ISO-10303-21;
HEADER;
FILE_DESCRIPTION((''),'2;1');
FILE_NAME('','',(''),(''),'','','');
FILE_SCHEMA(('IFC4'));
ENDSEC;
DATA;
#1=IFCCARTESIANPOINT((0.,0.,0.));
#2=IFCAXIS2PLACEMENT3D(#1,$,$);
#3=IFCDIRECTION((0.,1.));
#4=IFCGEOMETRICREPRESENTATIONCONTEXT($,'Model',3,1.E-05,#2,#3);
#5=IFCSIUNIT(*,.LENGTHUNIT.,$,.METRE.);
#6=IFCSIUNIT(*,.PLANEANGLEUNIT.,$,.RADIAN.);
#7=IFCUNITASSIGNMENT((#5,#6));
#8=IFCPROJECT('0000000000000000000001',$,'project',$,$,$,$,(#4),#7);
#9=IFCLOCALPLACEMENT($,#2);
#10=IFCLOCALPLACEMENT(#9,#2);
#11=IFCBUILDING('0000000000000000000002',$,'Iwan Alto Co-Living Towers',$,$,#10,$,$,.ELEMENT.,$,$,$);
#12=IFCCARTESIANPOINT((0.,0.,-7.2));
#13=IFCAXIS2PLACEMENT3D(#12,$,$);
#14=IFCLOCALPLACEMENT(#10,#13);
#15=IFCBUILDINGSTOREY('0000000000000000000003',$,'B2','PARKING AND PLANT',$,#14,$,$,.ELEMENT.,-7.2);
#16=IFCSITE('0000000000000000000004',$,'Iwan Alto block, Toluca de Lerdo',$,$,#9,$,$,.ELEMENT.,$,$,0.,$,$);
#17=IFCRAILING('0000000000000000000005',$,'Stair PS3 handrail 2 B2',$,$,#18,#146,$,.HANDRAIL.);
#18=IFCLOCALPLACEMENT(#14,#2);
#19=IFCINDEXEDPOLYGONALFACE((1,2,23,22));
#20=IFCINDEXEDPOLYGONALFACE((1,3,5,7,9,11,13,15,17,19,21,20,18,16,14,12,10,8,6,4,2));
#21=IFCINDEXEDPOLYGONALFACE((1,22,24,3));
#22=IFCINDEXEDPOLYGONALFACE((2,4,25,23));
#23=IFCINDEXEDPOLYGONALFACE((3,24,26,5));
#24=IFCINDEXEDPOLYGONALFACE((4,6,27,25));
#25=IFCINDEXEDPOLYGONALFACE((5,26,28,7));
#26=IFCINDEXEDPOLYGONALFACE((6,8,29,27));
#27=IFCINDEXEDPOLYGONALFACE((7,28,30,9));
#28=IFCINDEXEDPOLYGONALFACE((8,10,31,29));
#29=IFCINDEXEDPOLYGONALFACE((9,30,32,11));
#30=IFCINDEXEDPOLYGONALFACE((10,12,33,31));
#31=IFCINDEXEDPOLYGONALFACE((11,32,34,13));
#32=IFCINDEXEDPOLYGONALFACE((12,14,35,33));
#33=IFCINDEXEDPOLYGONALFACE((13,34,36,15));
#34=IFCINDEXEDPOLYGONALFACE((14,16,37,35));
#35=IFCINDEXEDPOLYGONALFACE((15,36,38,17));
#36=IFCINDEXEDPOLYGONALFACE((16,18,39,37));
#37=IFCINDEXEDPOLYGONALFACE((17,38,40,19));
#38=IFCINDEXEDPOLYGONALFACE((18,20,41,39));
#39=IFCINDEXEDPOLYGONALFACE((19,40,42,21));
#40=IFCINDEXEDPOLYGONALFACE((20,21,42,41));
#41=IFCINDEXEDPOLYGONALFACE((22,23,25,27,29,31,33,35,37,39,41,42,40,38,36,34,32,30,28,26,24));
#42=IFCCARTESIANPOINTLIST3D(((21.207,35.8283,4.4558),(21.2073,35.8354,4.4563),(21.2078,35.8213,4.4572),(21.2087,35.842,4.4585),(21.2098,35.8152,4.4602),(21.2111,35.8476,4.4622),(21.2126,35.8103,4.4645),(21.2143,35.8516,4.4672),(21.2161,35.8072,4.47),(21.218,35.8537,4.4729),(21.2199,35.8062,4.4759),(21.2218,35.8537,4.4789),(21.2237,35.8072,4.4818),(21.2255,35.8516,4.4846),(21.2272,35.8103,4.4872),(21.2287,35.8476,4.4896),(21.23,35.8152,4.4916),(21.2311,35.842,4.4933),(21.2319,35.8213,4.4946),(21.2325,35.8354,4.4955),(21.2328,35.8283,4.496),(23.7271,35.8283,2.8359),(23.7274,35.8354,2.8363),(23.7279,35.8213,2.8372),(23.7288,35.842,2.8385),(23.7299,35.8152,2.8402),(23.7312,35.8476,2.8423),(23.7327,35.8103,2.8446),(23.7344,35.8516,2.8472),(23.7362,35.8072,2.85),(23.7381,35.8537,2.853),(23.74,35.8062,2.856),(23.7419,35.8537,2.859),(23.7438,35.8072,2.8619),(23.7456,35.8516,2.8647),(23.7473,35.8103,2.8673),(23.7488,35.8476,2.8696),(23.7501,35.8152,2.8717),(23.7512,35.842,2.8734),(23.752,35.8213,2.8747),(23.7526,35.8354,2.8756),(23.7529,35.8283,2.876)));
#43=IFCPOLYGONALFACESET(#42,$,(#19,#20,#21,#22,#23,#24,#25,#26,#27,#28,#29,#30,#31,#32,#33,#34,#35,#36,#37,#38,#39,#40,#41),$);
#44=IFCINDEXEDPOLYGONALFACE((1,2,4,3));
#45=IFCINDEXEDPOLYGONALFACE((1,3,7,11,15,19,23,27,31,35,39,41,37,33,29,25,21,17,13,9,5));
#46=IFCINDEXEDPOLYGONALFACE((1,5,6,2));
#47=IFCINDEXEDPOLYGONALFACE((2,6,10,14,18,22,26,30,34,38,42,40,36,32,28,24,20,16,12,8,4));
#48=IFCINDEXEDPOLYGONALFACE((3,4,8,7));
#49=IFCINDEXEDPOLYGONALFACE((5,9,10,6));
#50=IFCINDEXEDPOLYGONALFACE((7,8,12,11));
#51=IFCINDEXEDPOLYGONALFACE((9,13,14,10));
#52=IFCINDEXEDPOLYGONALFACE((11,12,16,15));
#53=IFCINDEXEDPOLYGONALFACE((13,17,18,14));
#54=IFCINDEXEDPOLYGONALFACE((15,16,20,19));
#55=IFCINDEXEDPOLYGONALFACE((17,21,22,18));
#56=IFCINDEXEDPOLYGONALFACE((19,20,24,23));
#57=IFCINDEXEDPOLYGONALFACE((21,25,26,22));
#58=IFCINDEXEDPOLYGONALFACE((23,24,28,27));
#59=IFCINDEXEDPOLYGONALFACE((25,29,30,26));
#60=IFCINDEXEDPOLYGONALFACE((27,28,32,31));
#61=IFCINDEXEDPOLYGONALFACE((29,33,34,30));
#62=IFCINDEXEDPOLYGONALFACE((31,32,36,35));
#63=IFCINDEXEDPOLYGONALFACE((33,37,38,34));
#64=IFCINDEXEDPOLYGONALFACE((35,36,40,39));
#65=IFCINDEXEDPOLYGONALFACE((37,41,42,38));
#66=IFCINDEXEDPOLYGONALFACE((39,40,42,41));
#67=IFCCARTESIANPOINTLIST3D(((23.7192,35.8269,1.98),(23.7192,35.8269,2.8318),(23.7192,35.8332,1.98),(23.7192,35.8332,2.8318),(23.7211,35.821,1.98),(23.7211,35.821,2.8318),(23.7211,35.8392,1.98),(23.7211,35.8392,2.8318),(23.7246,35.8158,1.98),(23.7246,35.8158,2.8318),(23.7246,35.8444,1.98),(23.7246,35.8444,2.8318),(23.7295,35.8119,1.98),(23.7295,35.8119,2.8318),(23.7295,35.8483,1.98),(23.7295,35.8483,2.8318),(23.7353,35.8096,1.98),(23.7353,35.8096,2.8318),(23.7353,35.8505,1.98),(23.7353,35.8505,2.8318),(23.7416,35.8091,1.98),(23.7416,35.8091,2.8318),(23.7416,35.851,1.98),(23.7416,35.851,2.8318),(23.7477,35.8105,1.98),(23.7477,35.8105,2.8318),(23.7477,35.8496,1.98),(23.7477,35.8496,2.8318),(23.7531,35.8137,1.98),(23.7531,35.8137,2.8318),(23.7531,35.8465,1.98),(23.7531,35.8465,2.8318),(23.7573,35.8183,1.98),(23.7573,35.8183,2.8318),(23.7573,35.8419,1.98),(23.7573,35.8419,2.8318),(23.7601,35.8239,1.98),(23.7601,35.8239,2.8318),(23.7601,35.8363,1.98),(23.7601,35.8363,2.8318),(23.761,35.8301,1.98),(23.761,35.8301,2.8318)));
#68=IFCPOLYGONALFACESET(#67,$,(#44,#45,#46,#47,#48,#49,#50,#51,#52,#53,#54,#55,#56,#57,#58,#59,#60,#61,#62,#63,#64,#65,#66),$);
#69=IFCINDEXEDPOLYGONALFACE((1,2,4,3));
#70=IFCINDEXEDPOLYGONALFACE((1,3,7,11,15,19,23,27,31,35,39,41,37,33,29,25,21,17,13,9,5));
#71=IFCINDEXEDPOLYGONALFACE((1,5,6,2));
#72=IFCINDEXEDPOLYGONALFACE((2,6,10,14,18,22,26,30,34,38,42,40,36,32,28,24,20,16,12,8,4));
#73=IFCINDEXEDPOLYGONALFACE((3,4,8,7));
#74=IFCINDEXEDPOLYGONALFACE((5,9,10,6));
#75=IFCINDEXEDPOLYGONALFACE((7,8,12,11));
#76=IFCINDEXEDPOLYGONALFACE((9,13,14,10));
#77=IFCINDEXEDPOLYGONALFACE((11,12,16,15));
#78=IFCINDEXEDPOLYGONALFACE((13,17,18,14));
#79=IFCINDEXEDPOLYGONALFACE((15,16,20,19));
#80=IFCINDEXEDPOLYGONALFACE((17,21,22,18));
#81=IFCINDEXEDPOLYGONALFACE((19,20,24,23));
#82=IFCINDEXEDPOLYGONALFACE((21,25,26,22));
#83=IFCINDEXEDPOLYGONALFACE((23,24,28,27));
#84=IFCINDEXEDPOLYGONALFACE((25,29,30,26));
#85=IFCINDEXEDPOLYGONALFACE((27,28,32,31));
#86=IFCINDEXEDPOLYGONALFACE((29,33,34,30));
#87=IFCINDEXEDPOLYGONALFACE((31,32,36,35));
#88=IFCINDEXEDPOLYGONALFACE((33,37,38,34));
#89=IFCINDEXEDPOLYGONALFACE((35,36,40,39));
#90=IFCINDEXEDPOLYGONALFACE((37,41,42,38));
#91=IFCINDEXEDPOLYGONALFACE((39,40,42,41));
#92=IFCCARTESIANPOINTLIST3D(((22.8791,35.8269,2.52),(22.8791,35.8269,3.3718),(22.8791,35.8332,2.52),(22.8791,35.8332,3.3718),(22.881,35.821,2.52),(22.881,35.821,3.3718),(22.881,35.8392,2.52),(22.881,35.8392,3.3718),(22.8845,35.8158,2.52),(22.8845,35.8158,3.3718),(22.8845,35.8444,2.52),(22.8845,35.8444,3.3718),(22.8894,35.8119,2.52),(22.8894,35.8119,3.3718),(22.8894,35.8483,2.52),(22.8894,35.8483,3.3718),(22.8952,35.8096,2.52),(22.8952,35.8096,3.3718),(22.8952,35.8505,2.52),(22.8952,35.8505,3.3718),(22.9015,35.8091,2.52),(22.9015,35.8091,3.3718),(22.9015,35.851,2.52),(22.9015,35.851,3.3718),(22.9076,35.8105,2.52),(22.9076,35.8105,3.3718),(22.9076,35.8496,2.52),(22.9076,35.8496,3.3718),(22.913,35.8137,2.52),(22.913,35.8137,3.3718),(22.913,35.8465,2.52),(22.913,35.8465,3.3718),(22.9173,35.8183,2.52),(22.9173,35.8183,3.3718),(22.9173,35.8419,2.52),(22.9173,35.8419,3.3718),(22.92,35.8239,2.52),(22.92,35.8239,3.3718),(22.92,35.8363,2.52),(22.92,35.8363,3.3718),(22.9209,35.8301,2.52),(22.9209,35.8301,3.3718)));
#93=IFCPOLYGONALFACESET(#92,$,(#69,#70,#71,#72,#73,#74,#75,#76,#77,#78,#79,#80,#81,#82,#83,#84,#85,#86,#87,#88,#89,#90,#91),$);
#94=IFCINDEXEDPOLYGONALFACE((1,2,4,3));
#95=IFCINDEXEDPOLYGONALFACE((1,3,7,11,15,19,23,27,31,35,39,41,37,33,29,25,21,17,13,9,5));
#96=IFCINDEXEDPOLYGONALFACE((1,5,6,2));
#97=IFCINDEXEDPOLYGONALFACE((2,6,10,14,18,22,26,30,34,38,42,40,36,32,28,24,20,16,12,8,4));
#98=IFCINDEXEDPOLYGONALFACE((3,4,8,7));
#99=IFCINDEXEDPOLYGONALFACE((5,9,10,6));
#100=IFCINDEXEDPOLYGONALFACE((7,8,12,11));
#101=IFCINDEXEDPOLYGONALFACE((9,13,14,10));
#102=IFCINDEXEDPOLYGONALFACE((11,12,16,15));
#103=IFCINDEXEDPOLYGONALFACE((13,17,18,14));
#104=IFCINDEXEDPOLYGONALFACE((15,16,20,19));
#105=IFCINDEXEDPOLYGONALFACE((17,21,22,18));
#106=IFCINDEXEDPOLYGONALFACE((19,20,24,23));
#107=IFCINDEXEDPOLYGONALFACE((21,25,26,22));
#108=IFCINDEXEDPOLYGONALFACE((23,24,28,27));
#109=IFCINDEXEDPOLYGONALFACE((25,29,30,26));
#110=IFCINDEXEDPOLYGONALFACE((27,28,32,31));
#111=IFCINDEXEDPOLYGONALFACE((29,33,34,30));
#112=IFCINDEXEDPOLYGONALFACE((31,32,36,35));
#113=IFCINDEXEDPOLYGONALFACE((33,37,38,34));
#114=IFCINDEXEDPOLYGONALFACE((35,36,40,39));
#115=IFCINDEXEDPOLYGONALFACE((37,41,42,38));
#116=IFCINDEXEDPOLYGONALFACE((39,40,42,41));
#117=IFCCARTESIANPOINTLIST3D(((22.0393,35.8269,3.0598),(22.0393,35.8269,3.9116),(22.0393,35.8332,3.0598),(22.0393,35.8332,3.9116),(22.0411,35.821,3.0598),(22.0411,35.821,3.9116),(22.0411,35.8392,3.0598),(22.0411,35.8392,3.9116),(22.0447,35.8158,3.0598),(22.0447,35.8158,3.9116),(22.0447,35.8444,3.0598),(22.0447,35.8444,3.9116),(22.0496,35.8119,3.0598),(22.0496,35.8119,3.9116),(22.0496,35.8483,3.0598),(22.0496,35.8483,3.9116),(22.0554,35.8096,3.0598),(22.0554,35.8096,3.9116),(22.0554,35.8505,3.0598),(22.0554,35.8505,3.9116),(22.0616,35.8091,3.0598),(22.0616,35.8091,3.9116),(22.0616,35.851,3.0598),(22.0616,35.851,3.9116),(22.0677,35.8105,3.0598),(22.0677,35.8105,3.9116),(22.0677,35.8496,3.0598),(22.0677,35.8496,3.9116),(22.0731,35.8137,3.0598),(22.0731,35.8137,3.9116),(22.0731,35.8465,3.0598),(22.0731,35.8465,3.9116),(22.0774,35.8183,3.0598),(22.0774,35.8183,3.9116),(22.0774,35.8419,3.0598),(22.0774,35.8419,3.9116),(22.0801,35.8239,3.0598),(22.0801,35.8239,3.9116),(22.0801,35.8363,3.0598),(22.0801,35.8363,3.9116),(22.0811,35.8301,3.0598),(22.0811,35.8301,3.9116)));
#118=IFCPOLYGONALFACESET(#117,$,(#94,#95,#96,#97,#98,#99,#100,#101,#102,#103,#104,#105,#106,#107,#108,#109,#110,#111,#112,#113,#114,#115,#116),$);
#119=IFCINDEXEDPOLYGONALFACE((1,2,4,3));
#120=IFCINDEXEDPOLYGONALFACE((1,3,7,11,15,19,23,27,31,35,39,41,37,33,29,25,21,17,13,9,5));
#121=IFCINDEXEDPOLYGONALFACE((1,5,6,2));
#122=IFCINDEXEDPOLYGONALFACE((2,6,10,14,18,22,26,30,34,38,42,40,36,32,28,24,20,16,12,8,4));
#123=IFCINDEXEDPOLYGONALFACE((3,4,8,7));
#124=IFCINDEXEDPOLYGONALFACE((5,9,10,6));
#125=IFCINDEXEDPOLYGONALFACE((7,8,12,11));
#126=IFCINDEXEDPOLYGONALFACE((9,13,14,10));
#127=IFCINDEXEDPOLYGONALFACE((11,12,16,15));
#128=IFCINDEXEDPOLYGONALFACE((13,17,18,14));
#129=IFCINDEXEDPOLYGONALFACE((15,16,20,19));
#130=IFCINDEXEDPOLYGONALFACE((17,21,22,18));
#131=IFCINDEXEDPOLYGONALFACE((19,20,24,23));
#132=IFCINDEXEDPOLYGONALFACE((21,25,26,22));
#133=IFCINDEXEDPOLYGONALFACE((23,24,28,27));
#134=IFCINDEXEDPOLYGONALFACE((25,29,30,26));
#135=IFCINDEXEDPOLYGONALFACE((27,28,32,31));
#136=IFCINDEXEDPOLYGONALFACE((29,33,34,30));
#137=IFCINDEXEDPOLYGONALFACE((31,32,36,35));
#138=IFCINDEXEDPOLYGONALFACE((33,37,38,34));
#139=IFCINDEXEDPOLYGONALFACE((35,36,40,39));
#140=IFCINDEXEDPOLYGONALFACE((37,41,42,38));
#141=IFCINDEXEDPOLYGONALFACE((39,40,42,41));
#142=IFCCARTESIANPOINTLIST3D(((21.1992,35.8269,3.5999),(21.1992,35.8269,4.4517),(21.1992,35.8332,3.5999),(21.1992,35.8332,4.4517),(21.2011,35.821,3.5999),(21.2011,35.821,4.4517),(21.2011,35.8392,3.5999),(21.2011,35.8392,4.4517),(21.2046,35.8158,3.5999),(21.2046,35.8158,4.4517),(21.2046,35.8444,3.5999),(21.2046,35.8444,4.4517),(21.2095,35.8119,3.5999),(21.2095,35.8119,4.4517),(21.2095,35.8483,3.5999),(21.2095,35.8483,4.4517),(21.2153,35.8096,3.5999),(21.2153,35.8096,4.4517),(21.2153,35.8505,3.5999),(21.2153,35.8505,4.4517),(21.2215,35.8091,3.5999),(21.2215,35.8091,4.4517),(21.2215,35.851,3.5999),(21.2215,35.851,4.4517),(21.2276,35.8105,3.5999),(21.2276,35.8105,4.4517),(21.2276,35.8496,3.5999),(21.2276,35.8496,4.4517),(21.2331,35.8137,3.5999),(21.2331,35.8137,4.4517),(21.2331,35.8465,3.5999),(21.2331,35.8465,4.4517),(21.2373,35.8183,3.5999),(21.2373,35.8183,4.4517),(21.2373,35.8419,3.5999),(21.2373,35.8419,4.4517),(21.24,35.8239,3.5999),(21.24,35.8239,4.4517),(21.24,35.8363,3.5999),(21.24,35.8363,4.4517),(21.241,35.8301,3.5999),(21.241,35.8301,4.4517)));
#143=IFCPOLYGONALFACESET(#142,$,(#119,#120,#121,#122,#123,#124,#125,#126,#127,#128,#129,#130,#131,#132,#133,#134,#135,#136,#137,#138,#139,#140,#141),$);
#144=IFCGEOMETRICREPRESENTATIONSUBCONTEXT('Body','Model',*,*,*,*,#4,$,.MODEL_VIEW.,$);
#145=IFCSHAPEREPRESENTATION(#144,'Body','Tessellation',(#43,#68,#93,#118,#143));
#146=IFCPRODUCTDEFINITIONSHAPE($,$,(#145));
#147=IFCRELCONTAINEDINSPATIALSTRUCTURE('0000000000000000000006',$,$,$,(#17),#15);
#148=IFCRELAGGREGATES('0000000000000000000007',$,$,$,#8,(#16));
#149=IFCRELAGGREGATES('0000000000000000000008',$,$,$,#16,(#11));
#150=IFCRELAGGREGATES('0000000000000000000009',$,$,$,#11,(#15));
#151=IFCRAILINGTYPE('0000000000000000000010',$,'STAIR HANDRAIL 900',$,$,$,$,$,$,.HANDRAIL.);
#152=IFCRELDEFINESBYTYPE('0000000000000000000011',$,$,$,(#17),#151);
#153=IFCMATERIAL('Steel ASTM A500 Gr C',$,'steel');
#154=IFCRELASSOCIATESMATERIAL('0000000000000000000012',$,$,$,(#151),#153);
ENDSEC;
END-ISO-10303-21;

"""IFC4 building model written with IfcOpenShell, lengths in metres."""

from ifc_helpers import new_model, si_unit, direction, frame, origin, origin_2d, place, context, subcontext, project, spatial, circle, extrude, material, type_object, element, save


model = new_model("IFC4")

# Units and contexts
model_context = context("Model", 3, precision=1e-05, world=origin(), true_north=direction((0.0, 1.0)))
body_context = subcontext(model_context, "Body", "Model", "MODEL_VIEW")
ifc_project = project(units=[si_unit("LENGTHUNIT", "METRE"), si_unit("PLANEANGLEUNIT", "RADIAN")], contexts=[model_context])

# Site, building, storey
site_placement = place(None, origin())
site = spatial("IfcSite", under=ifc_project, at=site_placement, Name="Iwan Alto block, Toluca de Lerdo", CompositionType="ELEMENT", RefElevation=0.0)
building_placement = place(site_placement, origin())
building = spatial("IfcBuilding", under=site, at=building_placement, Name="Iwan Alto Co-Living Towers", CompositionType="ELEMENT")
storey_placement = place(building_placement, frame((0.0, 0.0, -7.2)))
storey = spatial("IfcBuildingStorey", under=building, at=storey_placement, Name="B2", Description="PARKING AND PLANT", CompositionType="ELEMENT", Elevation=-7.2)

# Railing
ifc_material_1 = material(Name="Steel ASTM A500 Gr C", Category="steel")
railing_type_1 = type_object("IfcRailingType", Name="STAIR HANDRAIL 900", PredefinedType="HANDRAIL", material=ifc_material_1)
railing_1_placement = place(storey_placement, frame((23.74, 35.8301, 1.98)))
element("IfcRailing", 1, at=railing_1_placement, inside=storey, type_object=railing_type_1, Name="Stair PS3 handrail 2 B2", PredefinedType="HANDRAIL", context=body_context, shape_type="SweptSolid", body=[
    extrude(circle(Radius=0.0239, at=origin_2d()), frame((0.0, 0.0, 0.876), z_axis=(-0.8412, 0.0, 0.540725), x_axis=(0.0, -1.0, 0.0)), (0.0, 0.0, 1.0), 2.9958),
    extrude(circle(Radius=0.021, at=origin_2d()), origin(), (0.0, 0.0, 1.0), 0.8518),
    extrude(circle(Radius=0.021, at=origin_2d()), frame((-0.8401, 0.0, 0.54)), (0.0, 0.0, 1.0), 0.8518),
    extrude(circle(Radius=0.021, at=origin_2d()), frame((-1.6799, 0.0, 1.0798)), (0.0, 0.0, 1.0), 0.8518),
    extrude(circle(Radius=0.021, at=origin_2d()), frame((-2.52, 0.0, 1.6199)), (0.0, 0.0, 1.0), 0.8518),
])

save(model, "model.ifc")
